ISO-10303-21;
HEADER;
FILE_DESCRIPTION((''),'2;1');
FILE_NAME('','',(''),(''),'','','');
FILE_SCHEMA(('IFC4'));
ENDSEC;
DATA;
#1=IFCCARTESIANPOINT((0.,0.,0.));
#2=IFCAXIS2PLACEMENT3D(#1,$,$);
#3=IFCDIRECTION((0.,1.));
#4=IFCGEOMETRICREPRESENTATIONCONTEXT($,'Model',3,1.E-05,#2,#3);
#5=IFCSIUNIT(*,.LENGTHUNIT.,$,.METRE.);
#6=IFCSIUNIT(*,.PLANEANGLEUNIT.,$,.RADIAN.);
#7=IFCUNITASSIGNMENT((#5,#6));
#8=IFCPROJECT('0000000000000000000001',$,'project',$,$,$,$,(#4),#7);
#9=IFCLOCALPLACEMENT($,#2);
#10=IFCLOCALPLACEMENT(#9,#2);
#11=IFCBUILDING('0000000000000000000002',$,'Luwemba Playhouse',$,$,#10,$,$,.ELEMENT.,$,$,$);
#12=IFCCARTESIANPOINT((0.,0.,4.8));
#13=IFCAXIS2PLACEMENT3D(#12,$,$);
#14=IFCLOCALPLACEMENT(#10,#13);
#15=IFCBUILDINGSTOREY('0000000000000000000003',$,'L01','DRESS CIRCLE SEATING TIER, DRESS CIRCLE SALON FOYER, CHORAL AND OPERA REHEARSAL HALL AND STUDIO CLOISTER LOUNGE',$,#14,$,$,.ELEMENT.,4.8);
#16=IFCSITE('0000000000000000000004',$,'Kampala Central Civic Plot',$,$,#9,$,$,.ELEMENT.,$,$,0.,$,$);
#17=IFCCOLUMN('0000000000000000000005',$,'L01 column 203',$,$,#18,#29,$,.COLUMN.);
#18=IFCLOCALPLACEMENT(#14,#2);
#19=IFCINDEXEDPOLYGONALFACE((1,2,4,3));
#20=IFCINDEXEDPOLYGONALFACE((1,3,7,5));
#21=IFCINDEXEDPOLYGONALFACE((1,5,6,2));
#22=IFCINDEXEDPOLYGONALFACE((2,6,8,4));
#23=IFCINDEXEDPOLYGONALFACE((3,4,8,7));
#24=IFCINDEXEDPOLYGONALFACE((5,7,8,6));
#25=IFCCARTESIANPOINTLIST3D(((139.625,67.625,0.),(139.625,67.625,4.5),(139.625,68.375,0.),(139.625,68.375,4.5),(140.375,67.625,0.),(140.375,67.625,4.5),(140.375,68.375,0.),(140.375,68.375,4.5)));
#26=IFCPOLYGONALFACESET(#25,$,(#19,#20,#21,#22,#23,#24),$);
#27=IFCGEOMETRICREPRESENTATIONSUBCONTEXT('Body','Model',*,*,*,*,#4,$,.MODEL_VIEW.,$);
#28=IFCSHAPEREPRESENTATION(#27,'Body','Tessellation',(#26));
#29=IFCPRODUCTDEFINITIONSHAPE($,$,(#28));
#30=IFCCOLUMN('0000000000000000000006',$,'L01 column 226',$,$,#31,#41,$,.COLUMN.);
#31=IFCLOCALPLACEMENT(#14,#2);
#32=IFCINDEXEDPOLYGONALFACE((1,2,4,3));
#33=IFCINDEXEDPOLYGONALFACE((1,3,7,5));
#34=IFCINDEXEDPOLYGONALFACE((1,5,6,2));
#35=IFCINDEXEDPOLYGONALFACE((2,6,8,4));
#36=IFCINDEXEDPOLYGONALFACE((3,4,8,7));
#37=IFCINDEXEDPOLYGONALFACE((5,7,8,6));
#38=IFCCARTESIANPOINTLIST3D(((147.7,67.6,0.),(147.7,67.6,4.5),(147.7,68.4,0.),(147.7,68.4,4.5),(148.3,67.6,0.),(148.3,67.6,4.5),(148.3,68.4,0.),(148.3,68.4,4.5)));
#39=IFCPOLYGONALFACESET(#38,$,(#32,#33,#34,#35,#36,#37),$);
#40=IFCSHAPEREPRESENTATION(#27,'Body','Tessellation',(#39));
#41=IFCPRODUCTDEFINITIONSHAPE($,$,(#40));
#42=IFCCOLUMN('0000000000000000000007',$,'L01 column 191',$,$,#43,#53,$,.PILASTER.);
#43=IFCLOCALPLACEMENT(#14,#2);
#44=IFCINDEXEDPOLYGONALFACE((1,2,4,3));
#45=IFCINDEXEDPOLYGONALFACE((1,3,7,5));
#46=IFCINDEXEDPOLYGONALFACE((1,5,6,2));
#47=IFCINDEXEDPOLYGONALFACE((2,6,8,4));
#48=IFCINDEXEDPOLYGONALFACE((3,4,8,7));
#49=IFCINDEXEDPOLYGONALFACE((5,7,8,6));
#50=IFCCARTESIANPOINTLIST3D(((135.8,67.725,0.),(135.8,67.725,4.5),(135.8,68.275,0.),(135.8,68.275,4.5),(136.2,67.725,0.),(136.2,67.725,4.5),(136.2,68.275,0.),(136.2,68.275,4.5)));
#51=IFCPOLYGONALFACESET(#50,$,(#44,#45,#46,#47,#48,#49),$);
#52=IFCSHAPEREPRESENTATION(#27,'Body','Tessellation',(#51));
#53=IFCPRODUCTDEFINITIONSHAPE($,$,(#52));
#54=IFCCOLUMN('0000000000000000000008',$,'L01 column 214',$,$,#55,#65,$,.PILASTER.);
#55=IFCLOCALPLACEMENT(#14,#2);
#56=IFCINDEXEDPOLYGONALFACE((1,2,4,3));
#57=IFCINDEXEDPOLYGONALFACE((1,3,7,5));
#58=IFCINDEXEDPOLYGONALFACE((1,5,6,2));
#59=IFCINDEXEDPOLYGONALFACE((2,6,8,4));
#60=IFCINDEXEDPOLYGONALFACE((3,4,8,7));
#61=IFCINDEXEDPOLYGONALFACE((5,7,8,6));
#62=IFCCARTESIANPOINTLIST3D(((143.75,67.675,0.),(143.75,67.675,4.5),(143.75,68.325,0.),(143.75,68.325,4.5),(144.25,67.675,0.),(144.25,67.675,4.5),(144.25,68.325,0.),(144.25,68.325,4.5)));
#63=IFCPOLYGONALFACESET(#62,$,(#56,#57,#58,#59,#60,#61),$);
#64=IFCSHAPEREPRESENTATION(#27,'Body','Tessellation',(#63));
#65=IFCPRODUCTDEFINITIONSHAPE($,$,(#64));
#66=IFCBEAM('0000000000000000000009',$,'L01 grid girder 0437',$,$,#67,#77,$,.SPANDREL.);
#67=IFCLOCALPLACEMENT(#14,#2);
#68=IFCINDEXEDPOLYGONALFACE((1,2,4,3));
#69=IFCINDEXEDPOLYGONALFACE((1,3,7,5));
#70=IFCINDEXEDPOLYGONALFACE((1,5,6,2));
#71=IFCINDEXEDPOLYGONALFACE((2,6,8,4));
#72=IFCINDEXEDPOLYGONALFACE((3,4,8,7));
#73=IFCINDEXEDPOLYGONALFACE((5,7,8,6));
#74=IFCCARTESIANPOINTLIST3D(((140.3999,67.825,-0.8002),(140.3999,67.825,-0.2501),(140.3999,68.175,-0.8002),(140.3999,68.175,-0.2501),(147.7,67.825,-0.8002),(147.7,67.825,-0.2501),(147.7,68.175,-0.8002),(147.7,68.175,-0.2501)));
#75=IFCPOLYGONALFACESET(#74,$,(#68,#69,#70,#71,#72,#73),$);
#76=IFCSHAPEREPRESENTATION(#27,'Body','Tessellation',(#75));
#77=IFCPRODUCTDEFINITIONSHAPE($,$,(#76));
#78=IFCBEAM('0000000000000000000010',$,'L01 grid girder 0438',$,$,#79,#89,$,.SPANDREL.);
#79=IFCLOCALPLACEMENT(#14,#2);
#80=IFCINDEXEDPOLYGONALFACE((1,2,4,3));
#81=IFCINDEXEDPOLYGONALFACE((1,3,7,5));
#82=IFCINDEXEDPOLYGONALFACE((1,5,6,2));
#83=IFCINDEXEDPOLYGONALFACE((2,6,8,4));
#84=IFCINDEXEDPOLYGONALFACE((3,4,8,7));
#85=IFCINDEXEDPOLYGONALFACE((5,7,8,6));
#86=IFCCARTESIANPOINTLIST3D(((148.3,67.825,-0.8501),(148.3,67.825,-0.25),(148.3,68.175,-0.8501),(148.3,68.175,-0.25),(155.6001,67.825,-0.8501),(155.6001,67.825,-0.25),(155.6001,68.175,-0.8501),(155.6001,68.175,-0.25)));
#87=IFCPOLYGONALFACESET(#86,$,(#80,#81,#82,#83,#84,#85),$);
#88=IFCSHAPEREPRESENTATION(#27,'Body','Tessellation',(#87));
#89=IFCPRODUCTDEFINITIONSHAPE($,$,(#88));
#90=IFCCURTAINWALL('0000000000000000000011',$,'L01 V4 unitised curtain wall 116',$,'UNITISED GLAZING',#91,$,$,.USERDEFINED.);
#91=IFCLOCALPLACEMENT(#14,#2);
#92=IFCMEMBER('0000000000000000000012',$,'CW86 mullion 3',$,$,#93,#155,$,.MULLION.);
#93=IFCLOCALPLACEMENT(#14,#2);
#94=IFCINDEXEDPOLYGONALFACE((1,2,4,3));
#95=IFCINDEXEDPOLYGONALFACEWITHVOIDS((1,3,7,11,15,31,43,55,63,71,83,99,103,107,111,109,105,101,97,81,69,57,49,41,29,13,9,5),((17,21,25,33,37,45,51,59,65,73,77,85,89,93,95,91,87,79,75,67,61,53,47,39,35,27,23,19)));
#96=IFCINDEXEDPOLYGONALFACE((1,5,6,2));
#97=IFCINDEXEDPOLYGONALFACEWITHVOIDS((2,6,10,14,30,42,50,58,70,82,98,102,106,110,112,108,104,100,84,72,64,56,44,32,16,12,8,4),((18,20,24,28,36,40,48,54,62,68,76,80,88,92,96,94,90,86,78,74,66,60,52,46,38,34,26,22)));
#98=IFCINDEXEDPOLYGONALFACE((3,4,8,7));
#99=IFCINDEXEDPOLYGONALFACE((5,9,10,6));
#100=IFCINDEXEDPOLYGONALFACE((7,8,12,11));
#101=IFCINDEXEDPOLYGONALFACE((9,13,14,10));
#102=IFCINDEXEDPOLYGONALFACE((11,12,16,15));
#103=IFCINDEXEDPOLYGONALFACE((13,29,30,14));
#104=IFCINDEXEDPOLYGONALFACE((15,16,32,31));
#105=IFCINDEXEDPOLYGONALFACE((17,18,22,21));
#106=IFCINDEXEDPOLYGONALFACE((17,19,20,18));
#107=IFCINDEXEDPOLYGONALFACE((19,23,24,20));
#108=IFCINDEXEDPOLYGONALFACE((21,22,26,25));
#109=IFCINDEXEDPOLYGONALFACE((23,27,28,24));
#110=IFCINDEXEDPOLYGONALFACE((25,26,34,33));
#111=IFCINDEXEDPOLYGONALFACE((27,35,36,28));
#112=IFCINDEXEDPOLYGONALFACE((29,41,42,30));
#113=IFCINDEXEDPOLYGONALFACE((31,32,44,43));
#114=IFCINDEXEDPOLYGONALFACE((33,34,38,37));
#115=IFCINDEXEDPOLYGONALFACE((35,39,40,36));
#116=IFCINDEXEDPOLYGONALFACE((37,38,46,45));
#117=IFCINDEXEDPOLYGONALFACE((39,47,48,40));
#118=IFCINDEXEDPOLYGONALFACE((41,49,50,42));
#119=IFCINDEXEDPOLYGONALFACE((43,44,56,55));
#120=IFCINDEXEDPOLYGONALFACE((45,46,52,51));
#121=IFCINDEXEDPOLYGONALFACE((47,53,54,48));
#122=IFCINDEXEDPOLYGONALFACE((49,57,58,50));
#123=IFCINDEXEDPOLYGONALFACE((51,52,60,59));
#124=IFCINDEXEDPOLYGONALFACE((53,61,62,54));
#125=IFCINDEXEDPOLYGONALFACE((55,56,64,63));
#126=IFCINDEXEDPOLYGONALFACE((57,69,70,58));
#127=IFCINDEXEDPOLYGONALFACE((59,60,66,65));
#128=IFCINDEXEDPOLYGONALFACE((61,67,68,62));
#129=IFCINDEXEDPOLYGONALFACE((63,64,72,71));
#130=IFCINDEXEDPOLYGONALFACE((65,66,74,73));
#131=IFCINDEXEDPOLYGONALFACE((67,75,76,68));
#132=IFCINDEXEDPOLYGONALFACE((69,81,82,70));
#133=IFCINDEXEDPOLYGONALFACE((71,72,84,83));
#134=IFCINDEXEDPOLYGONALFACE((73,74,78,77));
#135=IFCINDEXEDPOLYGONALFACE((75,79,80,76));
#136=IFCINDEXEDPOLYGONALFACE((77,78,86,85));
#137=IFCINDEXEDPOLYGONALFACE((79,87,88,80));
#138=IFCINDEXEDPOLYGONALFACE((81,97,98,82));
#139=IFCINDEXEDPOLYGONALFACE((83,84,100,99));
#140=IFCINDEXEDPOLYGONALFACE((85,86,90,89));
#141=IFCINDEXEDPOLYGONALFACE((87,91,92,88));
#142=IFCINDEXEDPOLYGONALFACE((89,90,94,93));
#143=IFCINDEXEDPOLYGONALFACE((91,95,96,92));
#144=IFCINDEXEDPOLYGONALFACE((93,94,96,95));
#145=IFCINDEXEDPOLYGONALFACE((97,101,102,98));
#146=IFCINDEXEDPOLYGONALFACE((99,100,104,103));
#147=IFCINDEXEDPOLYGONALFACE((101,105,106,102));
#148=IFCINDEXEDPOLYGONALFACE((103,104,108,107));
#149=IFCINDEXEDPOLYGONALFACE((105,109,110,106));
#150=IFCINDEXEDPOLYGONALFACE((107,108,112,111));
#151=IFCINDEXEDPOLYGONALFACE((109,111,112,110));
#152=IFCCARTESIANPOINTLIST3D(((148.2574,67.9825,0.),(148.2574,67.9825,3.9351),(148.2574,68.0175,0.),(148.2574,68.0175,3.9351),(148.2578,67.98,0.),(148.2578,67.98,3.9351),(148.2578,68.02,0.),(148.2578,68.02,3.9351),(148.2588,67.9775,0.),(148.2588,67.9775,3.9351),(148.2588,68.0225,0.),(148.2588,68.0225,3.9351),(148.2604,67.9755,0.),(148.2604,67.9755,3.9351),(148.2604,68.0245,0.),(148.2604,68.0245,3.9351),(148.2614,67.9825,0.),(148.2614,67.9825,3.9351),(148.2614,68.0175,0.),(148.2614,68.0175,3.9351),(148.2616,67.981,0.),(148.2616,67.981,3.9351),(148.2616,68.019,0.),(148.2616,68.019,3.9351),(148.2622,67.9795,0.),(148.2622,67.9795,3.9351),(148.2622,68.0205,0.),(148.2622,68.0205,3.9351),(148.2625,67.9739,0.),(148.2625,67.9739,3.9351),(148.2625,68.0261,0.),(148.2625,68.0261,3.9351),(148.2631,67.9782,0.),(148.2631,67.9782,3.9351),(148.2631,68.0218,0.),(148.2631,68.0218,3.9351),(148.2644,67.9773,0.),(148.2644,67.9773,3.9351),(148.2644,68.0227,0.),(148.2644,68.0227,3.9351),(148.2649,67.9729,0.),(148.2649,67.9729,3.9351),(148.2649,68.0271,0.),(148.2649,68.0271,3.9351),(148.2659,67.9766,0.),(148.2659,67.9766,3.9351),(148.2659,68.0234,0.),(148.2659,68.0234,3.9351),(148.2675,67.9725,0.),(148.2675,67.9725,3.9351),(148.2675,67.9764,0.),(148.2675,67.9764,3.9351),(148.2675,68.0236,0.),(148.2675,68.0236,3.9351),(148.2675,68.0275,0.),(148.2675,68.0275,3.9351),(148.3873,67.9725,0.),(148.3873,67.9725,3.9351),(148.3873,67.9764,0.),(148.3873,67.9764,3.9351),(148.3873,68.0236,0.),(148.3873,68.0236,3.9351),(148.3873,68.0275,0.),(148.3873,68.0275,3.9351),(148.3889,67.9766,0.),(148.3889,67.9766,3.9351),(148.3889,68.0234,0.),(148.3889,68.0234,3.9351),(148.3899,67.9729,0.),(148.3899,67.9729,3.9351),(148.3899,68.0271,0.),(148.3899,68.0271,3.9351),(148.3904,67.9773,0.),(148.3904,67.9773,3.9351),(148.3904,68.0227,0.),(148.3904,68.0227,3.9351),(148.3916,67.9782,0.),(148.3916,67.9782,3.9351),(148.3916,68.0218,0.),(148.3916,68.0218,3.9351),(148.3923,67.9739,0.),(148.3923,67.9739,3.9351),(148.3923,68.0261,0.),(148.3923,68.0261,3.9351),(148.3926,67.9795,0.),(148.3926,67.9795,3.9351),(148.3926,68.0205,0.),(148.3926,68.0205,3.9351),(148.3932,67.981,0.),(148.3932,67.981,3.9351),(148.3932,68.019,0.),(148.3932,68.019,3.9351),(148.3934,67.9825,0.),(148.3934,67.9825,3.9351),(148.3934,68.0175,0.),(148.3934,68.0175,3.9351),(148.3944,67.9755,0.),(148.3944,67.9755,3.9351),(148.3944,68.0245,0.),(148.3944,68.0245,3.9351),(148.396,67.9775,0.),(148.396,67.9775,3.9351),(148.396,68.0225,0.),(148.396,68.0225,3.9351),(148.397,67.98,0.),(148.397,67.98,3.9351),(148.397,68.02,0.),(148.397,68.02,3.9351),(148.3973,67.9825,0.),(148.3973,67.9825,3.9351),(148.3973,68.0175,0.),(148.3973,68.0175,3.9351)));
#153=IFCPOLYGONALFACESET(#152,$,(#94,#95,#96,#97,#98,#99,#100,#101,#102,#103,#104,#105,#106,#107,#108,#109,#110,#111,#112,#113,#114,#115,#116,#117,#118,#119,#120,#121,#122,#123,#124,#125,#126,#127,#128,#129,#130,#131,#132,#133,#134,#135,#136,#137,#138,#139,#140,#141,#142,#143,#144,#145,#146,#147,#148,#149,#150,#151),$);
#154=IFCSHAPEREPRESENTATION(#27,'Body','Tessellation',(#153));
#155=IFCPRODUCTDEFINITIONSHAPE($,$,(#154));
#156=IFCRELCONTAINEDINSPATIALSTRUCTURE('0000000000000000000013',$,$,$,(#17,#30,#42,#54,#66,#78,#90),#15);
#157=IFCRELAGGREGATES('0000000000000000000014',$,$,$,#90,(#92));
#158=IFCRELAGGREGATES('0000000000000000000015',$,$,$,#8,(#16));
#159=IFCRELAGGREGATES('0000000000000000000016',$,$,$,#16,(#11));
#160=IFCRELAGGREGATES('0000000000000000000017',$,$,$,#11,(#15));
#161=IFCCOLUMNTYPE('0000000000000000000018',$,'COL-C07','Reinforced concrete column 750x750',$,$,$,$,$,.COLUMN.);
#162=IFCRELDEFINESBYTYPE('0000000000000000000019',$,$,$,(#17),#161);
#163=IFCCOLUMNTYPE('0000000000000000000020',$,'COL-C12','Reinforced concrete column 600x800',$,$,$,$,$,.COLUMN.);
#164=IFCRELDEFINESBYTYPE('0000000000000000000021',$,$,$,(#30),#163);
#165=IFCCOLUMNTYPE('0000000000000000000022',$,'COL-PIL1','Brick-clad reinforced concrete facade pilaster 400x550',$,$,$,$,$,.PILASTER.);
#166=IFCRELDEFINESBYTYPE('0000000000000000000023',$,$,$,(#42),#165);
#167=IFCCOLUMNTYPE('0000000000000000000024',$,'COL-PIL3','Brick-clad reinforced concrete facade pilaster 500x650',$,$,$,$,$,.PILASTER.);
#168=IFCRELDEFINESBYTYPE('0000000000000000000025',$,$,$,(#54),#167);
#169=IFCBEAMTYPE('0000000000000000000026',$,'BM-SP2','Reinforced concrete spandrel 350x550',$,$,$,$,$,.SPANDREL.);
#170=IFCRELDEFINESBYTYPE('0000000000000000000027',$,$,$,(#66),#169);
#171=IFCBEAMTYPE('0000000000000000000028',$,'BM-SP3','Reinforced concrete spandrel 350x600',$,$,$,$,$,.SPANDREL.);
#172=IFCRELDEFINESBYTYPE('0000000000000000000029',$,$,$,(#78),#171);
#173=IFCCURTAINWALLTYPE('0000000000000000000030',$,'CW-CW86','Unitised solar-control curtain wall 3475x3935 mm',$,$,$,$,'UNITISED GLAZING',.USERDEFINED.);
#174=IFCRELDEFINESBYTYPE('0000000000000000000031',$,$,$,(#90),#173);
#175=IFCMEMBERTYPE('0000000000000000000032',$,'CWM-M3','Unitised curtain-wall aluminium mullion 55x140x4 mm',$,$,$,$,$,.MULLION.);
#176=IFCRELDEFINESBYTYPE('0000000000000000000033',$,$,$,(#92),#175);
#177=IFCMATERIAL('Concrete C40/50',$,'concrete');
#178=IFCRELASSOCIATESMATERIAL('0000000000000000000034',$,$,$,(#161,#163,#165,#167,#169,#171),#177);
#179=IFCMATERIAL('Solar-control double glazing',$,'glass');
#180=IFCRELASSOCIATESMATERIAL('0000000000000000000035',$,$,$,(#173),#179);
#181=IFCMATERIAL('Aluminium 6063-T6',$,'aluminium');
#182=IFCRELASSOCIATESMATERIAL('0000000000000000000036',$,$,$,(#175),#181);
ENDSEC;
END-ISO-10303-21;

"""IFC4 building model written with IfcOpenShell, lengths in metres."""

from ifc_helpers import new_model, si_unit, direction, frame, origin, origin_2d, place, context, subcontext, project, spatial, rectangle, hollow_rectangle, extrude, material, material_profile, profile_set, type_object, element, aggregate, save


model = new_model("IFC4")

# Units and contexts
model_context = context("Model", 3, precision=1e-05, world=origin(), true_north=direction((0.0, 1.0)))
body_context = subcontext(model_context, "Body", "Model", "MODEL_VIEW")
ifc_project = project(units=[si_unit("LENGTHUNIT", "METRE"), si_unit("PLANEANGLEUNIT", "RADIAN")], contexts=[model_context])

# Site, building, storey
site_placement = place(None, origin())
site = spatial("IfcSite", under=ifc_project, at=site_placement, Name="Kampala Central Civic Plot", CompositionType="ELEMENT", RefElevation=0.0)
building_placement = place(site_placement, origin())
building = spatial("IfcBuilding", under=site, at=building_placement, Name="Luwemba Playhouse", CompositionType="ELEMENT")
storey_placement = place(building_placement, frame((0.0, 0.0, 4.8)))
storey = spatial("IfcBuildingStorey", under=building, at=storey_placement, Name="L01", Description="DRESS CIRCLE SEATING TIER, DRESS CIRCLE SALON FOYER, CHORAL AND OPERA REHEARSAL HALL AND STUDIO CLOISTER LOUNGE", CompositionType="ELEMENT", Elevation=4.8)

# Columns
ifc_material_1 = material(Name="Concrete C40/50", Category="concrete")
ifc_material_profile_1 = material_profile(ifc_material_1, rectangle(XDim=0.75, YDim=0.75, at=origin_2d()))
ifc_profile_set_1 = profile_set([ifc_material_profile_1], Name="Concrete C40/50")
column_type_1 = type_object("IfcColumnType", Name="COL-C07", Description="Reinforced concrete column 750x750", PredefinedType="COLUMN", material=ifc_profile_set_1)
column_1_placement = place(storey_placement, frame((140.0, 68.0, 0.0), z_axis=(0.0, 0.0, 1.0), x_axis=(1.0, 0.0, 0.0)))
element("IfcColumn", 1, at=column_1_placement, inside=storey, type_object=column_type_1, Name="L01 column 203", PredefinedType="COLUMN", context=body_context, shape_type="SweptSolid", body=[
    extrude(rectangle(XDim=0.75, YDim=0.75, at=origin_2d()), origin(), (0.0, 0.0, 1.0), 4.5),
])
ifc_material_profile_2 = material_profile(ifc_material_1, rectangle(XDim=0.6001, YDim=0.8, at=origin_2d()))
ifc_profile_set_2 = profile_set([ifc_material_profile_2], Name="Concrete C40/50")
column_type_2 = type_object("IfcColumnType", Name="COL-C12", Description="Reinforced concrete column 600x800", PredefinedType="COLUMN", material=ifc_profile_set_2)
column_2_placement = place(storey_placement, frame((148.0, 68.0, 0.0), z_axis=(0.0, 0.0, 1.0), x_axis=(1.0, 0.0, 0.0)))
element("IfcColumn", 2, at=column_2_placement, inside=storey, type_object=column_type_2, Name="L01 column 226", PredefinedType="COLUMN", context=body_context, shape_type="SweptSolid", body=[
    extrude(rectangle(XDim=0.6001, YDim=0.8, at=origin_2d()), origin(), (0.0, 0.0, 1.0), 4.5),
])
ifc_material_profile_3 = material_profile(ifc_material_1, rectangle(XDim=0.3999, YDim=0.55, at=origin_2d()))
ifc_profile_set_3 = profile_set([ifc_material_profile_3], Name="Concrete C40/50")
column_type_3 = type_object("IfcColumnType", Name="COL-PIL1", Description="Brick-clad reinforced concrete facade pilaster 400x550", PredefinedType="PILASTER", material=ifc_profile_set_3)
column_3_placement = place(storey_placement, frame((136.0, 68.0, 0.0), z_axis=(0.0, 0.0, 1.0), x_axis=(1.0, 0.0, 0.0)))
element("IfcColumn", 3, at=column_3_placement, inside=storey, type_object=column_type_3, Name="L01 column 191", PredefinedType="PILASTER", context=body_context, shape_type="SweptSolid", body=[
    extrude(rectangle(XDim=0.3999, YDim=0.55, at=origin_2d()), origin(), (0.0, 0.0, 1.0), 4.5),
])
ifc_material_profile_4 = material_profile(ifc_material_1, rectangle(XDim=0.5, YDim=0.6499, at=origin_2d()))
ifc_profile_set_4 = profile_set([ifc_material_profile_4], Name="Concrete C40/50")
column_type_4 = type_object("IfcColumnType", Name="COL-PIL3", Description="Brick-clad reinforced concrete facade pilaster 500x650", PredefinedType="PILASTER", material=ifc_profile_set_4)
column_4_placement = place(storey_placement, frame((144.0, 68.0, 0.0), z_axis=(0.0, 0.0, 1.0), x_axis=(1.0, 0.0, 0.0)))
element("IfcColumn", 4, at=column_4_placement, inside=storey, type_object=column_type_4, Name="L01 column 214", PredefinedType="PILASTER", context=body_context, shape_type="SweptSolid", body=[
    extrude(rectangle(XDim=0.5, YDim=0.6499, at=origin_2d()), origin(), (0.0, 0.0, 1.0), 4.5),
])

# Beams
ifc_material_profile_5 = material_profile(ifc_material_1, rectangle(XDim=0.3501, YDim=0.55, at=origin_2d()))
ifc_profile_set_5 = profile_set([ifc_material_profile_5], Name="Concrete C40/50")
beam_type_1 = type_object("IfcBeamType", Name="BM-SP2", Description="Reinforced concrete spandrel 350x550", PredefinedType="SPANDREL", material=ifc_profile_set_5)
beam_1_placement = place(storey_placement, frame((140.3999, 68.0, -0.5251), z_axis=(1.0, 0.0, 0.0), x_axis=(0.0, 1.0, 0.0)))
element("IfcBeam", 5, at=beam_1_placement, inside=storey, type_object=beam_type_1, Name="L01 grid girder 0437", PredefinedType="SPANDREL", context=body_context, shape_type="SweptSolid", body=[
    extrude(rectangle(XDim=0.3501, YDim=0.55, at=origin_2d()), origin(), (0.0, 0.0, 1.0), 7.3),
])
ifc_material_profile_6 = material_profile(ifc_material_1, rectangle(XDim=0.3501, YDim=0.6001, at=origin_2d()))
ifc_profile_set_6 = profile_set([ifc_material_profile_6], Name="Concrete C40/50")
beam_type_2 = type_object("IfcBeamType", Name="BM-SP3", Description="Reinforced concrete spandrel 350x600", PredefinedType="SPANDREL", material=ifc_profile_set_6)
beam_2_placement = place(storey_placement, frame((148.3, 68.0, -0.55), z_axis=(1.0, 0.0, 0.0), x_axis=(0.0, 1.0, 0.0)))
element("IfcBeam", 6, at=beam_2_placement, inside=storey, type_object=beam_type_2, Name="L01 grid girder 0438", PredefinedType="SPANDREL", context=body_context, shape_type="SweptSolid", body=[
    extrude(rectangle(XDim=0.3501, YDim=0.6001, at=origin_2d()), origin(), (0.0, 0.0, 1.0), 7.3),
])

# Curtain wall, member
ifc_material_2 = material(Name="Solar-control double glazing", Category="glass")
curtain_wall_type_1 = type_object("IfcCurtainWallType", Name="CW-CW86", Description="Unitised solar-control curtain wall 3475x3935 mm", ElementType="UNITISED GLAZING", PredefinedType="USERDEFINED", material=ifc_material_2)
curtain_wall_1_placement = place(storey_placement, origin())
curtain_wall_1 = element("IfcCurtainWall", 7, at=curtain_wall_1_placement, inside=storey, type_object=curtain_wall_type_1, Name="L01 V4 unitised curtain wall 116", ObjectType="UNITISED GLAZING", PredefinedType="USERDEFINED")
ifc_material_3 = material(Name="Aluminium 6063-T6", Category="aluminium")
ifc_material_profile_7 = material_profile(ifc_material_3, hollow_rectangle(XDim=0.0549, YDim=0.1399, WallThickness=0.0039, InnerFilletRadius=0.0061, OuterFilletRadius=0.01, at=origin_2d()))
ifc_profile_set_7 = profile_set([ifc_material_profile_7], Name="Aluminium 6063-T6")
member_type_1 = type_object("IfcMemberType", Name="CWM-M3", Description="Unitised curtain-wall aluminium mullion 55x140x4 mm", PredefinedType="MULLION", material=ifc_profile_set_7)
member_1_placement = place(storey_placement, frame((148.3274, 68.0, 0.0), z_axis=(0.0, 0.0, 1.0), x_axis=(0.0, -1.0, 0.0)))
member_1 = element("IfcMember", 8, at=member_1_placement, type_object=member_type_1, Name="CW86 mullion 3", PredefinedType="MULLION", context=body_context, shape_type="SweptSolid", body=[
    extrude(hollow_rectangle(XDim=0.0549, YDim=0.1399, WallThickness=0.0039, InnerFilletRadius=0.0061, OuterFilletRadius=0.01, at=origin_2d()), origin(), (0.0, 0.0, 1.0), 3.9351),
])

aggregate(curtain_wall_1, [member_1])

save(model, "model.ifc")
